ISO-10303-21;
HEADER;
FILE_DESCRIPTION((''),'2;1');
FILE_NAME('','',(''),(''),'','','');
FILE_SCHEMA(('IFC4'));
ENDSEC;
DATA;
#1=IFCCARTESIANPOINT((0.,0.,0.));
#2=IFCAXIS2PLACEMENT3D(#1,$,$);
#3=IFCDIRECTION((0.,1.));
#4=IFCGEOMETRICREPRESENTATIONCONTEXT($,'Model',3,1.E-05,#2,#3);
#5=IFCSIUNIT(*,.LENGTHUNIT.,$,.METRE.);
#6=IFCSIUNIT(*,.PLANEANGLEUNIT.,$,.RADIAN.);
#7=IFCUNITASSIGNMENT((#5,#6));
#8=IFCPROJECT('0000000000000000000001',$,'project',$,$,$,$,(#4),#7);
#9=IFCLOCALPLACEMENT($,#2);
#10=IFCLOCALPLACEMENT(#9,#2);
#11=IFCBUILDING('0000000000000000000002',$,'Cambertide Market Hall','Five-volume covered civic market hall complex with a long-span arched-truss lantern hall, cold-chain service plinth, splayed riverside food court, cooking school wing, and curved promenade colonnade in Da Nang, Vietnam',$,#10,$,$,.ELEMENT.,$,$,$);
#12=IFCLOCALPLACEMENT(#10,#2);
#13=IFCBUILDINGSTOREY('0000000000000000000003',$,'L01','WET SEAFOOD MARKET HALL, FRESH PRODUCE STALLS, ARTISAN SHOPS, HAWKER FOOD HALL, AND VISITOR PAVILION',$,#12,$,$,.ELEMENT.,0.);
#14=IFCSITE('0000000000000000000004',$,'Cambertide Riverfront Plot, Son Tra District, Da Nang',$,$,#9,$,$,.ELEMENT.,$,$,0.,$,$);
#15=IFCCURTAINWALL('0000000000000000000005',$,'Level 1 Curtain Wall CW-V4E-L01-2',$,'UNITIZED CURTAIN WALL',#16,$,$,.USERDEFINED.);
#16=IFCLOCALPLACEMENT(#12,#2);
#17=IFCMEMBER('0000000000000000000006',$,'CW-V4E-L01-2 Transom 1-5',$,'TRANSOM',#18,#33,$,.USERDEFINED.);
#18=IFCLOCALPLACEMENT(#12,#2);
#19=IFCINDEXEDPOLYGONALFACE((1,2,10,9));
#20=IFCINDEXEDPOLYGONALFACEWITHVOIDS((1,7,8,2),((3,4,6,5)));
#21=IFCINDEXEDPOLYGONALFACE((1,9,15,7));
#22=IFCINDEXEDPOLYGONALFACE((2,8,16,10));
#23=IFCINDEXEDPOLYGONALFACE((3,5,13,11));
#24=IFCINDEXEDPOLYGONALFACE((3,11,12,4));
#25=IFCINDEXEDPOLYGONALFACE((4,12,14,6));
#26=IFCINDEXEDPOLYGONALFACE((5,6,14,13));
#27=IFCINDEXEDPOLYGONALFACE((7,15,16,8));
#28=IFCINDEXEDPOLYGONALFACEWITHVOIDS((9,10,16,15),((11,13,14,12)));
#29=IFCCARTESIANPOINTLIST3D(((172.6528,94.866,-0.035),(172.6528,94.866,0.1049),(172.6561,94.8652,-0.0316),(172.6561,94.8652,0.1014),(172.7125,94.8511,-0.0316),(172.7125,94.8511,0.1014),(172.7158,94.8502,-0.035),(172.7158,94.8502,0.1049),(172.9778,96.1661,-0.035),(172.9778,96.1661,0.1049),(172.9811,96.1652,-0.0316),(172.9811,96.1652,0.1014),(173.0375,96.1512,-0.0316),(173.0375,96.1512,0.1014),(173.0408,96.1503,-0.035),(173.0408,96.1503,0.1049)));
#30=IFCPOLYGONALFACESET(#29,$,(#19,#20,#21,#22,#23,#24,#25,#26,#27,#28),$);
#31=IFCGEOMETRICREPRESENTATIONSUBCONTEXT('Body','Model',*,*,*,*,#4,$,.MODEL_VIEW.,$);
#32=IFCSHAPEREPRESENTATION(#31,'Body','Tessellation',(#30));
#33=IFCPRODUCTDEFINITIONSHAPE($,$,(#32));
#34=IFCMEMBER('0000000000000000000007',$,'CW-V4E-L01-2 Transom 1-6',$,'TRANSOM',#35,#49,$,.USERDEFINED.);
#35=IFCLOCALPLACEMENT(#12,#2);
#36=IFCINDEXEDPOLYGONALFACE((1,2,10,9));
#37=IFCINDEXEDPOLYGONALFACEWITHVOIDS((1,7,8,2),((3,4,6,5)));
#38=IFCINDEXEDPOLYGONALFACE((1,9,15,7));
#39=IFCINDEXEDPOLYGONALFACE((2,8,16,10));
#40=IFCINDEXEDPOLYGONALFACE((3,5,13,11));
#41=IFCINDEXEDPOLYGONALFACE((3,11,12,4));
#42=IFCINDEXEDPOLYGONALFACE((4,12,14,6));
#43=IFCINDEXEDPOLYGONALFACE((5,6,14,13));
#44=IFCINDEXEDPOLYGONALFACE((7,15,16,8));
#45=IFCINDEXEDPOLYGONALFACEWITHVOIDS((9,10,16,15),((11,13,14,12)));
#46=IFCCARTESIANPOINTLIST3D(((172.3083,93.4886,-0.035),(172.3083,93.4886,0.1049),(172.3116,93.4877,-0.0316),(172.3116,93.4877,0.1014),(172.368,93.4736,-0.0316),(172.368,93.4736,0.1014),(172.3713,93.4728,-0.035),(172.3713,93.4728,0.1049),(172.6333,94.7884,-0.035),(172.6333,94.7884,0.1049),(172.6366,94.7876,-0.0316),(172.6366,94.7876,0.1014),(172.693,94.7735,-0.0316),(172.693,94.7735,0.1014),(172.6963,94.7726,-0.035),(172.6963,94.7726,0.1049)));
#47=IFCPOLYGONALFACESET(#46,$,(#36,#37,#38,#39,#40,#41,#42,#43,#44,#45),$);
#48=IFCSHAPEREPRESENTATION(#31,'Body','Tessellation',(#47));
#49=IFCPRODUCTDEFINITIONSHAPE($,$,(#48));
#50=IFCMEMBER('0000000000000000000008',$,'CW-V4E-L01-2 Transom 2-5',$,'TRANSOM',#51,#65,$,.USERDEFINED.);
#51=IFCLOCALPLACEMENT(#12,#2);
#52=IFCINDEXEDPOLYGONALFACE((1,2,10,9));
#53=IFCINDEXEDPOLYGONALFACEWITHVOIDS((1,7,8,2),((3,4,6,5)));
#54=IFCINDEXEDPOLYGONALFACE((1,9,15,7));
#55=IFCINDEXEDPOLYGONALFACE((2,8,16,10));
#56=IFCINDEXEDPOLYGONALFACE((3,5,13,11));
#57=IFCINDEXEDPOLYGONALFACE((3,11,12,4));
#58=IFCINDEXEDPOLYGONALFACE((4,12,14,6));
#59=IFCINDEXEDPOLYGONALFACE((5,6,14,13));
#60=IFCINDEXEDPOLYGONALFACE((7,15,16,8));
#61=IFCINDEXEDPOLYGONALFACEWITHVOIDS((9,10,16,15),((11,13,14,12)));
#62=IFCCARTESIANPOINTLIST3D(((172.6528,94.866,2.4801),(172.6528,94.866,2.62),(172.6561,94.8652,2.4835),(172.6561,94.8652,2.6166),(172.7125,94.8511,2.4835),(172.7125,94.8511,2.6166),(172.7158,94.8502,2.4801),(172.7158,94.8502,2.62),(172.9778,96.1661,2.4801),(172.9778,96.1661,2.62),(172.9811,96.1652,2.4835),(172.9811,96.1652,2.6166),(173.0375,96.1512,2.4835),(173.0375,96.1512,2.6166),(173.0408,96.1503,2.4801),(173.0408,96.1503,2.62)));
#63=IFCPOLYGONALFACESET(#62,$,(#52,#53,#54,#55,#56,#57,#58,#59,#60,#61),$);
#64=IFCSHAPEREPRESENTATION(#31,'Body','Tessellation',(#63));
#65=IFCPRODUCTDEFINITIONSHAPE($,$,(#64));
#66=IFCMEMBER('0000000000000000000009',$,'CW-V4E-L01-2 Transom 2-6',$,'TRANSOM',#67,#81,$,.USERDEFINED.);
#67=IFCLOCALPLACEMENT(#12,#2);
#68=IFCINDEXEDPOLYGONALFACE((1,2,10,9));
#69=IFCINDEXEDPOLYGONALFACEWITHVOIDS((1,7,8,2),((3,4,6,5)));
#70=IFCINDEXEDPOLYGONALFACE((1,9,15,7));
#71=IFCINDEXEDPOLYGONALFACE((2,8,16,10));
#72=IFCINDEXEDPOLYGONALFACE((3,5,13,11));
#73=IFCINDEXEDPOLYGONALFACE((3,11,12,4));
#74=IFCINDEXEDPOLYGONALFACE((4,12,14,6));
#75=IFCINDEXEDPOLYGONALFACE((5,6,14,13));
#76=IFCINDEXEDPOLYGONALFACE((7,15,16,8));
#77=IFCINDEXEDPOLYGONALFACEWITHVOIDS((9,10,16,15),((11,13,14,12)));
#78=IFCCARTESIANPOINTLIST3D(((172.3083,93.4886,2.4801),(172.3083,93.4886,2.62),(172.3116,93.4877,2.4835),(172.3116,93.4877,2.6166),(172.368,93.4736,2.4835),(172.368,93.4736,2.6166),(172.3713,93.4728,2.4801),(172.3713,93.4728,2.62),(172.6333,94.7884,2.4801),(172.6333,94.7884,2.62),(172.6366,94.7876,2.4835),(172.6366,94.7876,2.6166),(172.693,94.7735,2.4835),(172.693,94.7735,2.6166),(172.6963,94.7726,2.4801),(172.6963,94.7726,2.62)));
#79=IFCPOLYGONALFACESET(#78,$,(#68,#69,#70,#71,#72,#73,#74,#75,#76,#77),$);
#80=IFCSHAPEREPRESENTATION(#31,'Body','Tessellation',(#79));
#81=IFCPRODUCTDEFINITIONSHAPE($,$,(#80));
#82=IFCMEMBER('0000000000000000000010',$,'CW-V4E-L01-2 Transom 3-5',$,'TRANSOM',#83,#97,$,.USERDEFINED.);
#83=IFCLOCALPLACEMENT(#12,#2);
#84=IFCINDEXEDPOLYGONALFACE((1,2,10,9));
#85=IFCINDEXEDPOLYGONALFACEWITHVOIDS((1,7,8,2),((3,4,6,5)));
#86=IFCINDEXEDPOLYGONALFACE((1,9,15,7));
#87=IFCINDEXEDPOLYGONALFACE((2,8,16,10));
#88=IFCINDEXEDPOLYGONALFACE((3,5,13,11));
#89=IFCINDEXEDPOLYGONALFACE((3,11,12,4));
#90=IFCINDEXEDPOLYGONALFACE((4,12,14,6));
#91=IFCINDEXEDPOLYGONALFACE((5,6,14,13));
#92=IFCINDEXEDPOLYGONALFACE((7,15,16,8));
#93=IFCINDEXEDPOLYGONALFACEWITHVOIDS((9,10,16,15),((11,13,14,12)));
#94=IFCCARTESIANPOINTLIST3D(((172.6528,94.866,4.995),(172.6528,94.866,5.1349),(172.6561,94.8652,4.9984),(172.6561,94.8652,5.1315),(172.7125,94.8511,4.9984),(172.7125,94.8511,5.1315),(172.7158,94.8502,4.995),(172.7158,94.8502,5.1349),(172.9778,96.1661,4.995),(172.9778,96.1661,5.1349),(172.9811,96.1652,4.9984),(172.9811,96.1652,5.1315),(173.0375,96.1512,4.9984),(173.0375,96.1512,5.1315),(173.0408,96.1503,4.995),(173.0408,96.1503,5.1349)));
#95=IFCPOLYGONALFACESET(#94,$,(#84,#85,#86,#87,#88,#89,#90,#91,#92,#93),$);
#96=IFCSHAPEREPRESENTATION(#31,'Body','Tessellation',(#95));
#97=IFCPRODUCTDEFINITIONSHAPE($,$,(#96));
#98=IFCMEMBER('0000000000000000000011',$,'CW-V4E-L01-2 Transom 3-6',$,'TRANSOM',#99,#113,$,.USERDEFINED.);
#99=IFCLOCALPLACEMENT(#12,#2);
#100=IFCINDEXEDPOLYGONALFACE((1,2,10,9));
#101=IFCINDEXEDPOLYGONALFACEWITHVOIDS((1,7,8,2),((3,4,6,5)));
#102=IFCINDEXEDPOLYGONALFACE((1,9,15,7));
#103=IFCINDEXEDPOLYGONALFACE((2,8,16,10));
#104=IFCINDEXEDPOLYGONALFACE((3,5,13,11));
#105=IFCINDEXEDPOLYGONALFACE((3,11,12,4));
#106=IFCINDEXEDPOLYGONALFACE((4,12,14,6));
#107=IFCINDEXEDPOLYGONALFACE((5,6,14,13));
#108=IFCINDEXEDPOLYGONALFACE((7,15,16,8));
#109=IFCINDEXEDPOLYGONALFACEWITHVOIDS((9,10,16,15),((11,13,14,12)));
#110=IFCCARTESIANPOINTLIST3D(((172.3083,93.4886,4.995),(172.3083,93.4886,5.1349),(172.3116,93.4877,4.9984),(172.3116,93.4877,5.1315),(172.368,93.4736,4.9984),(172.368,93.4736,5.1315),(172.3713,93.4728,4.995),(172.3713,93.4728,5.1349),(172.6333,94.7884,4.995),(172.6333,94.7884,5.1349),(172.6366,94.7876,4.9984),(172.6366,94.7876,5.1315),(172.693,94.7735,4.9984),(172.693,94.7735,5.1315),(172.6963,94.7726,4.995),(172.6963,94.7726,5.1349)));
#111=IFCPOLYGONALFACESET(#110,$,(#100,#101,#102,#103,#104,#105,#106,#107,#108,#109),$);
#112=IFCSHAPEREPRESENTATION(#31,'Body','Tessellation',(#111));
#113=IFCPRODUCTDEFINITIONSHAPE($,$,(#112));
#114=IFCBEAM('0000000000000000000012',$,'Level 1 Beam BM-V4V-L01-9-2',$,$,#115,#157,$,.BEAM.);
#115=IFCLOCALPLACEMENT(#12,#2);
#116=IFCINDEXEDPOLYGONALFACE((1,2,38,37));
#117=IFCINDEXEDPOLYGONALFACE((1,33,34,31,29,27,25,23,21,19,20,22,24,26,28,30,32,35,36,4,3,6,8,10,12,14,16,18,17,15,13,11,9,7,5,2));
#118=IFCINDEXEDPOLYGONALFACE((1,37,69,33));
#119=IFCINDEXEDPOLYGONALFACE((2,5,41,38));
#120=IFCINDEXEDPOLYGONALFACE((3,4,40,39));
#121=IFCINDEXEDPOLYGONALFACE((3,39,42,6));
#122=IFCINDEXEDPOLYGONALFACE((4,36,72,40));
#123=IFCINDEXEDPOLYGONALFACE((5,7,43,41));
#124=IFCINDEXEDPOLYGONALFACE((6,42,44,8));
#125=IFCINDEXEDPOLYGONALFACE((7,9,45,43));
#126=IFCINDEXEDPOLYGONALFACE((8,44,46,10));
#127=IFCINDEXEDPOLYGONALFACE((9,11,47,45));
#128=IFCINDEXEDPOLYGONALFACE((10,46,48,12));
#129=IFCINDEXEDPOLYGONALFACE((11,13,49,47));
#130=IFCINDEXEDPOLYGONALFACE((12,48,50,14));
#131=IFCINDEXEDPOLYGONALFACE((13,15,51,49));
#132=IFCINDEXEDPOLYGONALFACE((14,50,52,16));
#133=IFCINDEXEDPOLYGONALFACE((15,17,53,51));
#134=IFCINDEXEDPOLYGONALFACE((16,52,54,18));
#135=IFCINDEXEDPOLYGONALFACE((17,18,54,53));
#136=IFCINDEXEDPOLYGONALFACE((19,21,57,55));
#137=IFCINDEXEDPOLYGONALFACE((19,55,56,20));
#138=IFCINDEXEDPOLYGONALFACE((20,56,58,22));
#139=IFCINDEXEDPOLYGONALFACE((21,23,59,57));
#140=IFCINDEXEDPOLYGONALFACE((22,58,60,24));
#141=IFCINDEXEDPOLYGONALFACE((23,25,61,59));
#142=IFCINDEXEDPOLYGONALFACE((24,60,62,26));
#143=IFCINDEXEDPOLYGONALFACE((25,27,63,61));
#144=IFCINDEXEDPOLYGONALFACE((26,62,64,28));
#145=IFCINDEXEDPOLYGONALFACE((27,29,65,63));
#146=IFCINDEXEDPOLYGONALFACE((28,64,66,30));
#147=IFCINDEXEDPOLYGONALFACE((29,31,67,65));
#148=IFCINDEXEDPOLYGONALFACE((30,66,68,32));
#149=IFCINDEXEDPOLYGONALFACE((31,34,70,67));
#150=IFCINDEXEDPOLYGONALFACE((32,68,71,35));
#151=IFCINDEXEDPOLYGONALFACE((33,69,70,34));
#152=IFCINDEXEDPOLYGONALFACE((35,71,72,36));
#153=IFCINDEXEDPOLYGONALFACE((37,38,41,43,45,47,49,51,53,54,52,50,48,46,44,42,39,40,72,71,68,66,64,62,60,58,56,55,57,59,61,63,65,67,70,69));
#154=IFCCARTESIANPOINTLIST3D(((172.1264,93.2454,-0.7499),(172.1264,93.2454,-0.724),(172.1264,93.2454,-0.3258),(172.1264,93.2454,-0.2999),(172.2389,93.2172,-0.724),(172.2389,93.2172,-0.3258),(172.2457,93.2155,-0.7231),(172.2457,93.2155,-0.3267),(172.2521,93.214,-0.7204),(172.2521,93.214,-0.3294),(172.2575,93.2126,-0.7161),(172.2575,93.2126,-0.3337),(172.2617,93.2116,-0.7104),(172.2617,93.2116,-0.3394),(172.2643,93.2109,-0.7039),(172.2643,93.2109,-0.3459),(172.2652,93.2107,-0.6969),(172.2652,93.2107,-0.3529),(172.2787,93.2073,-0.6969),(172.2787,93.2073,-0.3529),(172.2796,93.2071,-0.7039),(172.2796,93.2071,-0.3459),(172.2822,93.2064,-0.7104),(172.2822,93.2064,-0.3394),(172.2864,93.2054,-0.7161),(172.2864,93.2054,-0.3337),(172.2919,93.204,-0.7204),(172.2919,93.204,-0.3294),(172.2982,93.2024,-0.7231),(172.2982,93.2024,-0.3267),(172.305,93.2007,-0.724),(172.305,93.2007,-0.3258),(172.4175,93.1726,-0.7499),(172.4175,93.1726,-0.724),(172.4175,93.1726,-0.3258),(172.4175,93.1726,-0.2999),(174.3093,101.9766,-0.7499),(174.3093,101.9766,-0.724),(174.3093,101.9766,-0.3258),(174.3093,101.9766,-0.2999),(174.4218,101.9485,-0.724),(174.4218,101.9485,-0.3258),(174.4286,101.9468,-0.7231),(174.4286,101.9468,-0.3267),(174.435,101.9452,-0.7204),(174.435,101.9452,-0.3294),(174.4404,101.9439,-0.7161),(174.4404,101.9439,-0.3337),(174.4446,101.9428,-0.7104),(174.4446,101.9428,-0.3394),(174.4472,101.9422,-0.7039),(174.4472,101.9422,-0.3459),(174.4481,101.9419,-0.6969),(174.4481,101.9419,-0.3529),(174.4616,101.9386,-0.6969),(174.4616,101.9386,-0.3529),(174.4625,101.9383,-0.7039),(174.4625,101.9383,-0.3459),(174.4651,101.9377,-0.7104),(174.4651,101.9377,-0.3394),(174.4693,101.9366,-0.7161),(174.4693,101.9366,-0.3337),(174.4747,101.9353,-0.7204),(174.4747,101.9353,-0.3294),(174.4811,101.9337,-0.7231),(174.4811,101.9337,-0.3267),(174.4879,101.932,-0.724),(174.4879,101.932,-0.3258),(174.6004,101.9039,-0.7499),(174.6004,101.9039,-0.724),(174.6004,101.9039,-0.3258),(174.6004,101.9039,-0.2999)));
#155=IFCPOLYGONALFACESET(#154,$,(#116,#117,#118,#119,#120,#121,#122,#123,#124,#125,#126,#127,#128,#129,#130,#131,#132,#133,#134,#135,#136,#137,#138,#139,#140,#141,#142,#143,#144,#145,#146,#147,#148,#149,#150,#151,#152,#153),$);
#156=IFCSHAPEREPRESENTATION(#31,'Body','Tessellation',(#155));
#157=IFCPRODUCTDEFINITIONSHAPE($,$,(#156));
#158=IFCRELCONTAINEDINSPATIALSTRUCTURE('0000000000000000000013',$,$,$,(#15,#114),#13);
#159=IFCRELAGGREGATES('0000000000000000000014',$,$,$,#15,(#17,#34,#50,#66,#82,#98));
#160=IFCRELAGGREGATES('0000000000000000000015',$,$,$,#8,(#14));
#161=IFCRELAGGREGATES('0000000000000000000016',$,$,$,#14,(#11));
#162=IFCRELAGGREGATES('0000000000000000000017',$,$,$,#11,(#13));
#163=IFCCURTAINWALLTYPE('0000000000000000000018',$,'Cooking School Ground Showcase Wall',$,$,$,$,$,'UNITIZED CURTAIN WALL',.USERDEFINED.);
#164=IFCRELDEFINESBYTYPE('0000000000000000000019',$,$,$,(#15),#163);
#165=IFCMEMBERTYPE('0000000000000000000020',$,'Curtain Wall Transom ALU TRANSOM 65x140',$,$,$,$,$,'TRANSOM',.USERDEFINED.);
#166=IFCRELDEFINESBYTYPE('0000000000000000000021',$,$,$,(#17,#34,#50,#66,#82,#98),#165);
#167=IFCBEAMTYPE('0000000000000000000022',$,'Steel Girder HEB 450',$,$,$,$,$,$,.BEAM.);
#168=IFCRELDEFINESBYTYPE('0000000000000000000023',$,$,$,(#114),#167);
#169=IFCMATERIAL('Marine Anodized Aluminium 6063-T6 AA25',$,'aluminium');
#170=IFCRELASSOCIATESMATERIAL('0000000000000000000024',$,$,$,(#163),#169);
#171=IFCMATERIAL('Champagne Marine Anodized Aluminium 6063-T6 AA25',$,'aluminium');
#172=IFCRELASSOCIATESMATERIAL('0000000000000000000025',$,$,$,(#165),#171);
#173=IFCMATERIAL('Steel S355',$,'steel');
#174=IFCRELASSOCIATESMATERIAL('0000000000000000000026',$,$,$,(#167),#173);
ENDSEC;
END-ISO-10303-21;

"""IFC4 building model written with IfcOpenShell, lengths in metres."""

from ifc_helpers import new_model, si_unit, direction, frame, origin, origin_2d, place, context, subcontext, project, spatial, hollow_rectangle, i_section, extrude, material, material_profile, profile_set, type_object, element, aggregate, save


model = new_model("IFC4")

# Units and contexts
model_context = context("Model", 3, precision=1e-05, world=origin(), true_north=direction((0.0, 1.0)))
body_context = subcontext(model_context, "Body", "Model", "MODEL_VIEW")
ifc_project = project(units=[si_unit("LENGTHUNIT", "METRE"), si_unit("PLANEANGLEUNIT", "RADIAN")], contexts=[model_context])

# Site, building, storey
site_placement = place(None, origin())
site = spatial("IfcSite", under=ifc_project, at=site_placement, Name="Cambertide Riverfront Plot, Son Tra District, Da Nang", CompositionType="ELEMENT", RefElevation=0.0)
building_placement = place(site_placement, origin())
building = spatial("IfcBuilding", under=site, at=building_placement, Name="Cambertide Market Hall", Description="Five-volume covered civic market hall complex with a long-span arched-truss lantern hall, cold-chain service plinth, splayed riverside food court, cooking school wing, and curved promenade colonnade in Da Nang, Vietnam", CompositionType="ELEMENT")
storey_placement = place(building_placement, origin())
storey = spatial("IfcBuildingStorey", under=building, at=storey_placement, Name="L01", Description="WET SEAFOOD MARKET HALL, FRESH PRODUCE STALLS, ARTISAN SHOPS, HAWKER FOOD HALL, AND VISITOR PAVILION", CompositionType="ELEMENT", Elevation=0.0)

# Shared definitions
ifc_material_1 = material(Name="Marine Anodized Aluminium 6063-T6 AA25", Category="aluminium")
curtain_wall_type = type_object("IfcCurtainWallType", Name="Cooking School Ground Showcase Wall", ElementType="UNITIZED CURTAIN WALL", PredefinedType="USERDEFINED", material=ifc_material_1)

# Curtain wall
curtain_wall_1_placement = place(storey_placement, origin())
curtain_wall_1 = element("IfcCurtainWall", 1, at=curtain_wall_1_placement, inside=storey, type_object=curtain_wall_type, Name="Level 1 Curtain Wall CW-V4E-L01-2", ObjectType="UNITIZED CURTAIN WALL", PredefinedType="USERDEFINED")

# Members
ifc_material_2 = material(Name="Champagne Marine Anodized Aluminium 6063-T6 AA25", Category="aluminium")
ifc_material_profile_1 = material_profile(ifc_material_2, hollow_rectangle(XDim=0.0649, YDim=0.1399, WallThickness=0.0034, at=origin_2d()), Name="ALU TRANSOM 65x140")
ifc_profile_set_1 = profile_set([ifc_material_profile_1], Name="Champagne Marine Anodized Aluminium 6063-T6 AA25")
member_type_1 = type_object("IfcMemberType", Name="Curtain Wall Transom ALU TRANSOM 65x140", ElementType="TRANSOM", PredefinedType="USERDEFINED", material=ifc_profile_set_1)
member_1_placement = place(storey_placement, frame((173.0093, 96.1582, 0.0349), z_axis=(-0.242493, -0.970153, 0.0), x_axis=(0.970153, -0.242493, 0.0)))
member_1 = element("IfcMember", 2, at=member_1_placement, type_object=member_type_1, Name="CW-V4E-L01-2 Transom 1-5", ObjectType="TRANSOM", PredefinedType="USERDEFINED", context=body_context, shape_type="SweptSolid", body=[
    extrude(hollow_rectangle(XDim=0.0649, YDim=0.1399, WallThickness=0.0034, at=origin_2d()), origin(), (0.0, 0.0, 1.0), 1.3401),
])
member_2_placement = place(storey_placement, frame((172.6648, 94.7805, 0.0349), z_axis=(-0.242536, -0.970143, 0.0), x_axis=(0.970143, -0.242536, 0.0)))
member_2 = element("IfcMember", 3, at=member_2_placement, type_object=member_type_1, Name="CW-V4E-L01-2 Transom 1-6", ObjectType="TRANSOM", PredefinedType="USERDEFINED", context=body_context, shape_type="SweptSolid", body=[
    extrude(hollow_rectangle(XDim=0.0649, YDim=0.1399, WallThickness=0.0034, at=origin_2d()), origin(), (0.0, 0.0, 1.0), 1.3398),
])
member_3_placement = place(storey_placement, frame((173.0093, 96.1582, 2.55), z_axis=(-0.242493, -0.970153, 0.0), x_axis=(0.970153, -0.242493, 0.0)))
member_3 = element("IfcMember", 4, at=member_3_placement, type_object=member_type_1, Name="CW-V4E-L01-2 Transom 2-5", ObjectType="TRANSOM", PredefinedType="USERDEFINED", context=body_context, shape_type="SweptSolid", body=[
    extrude(hollow_rectangle(XDim=0.0649, YDim=0.1399, WallThickness=0.0034, at=origin_2d()), origin(), (0.0, 0.0, 1.0), 1.3401),
])
member_4_placement = place(storey_placement, frame((172.6648, 94.7805, 2.55), z_axis=(-0.242536, -0.970143, 0.0), x_axis=(0.970143, -0.242536, 0.0)))
member_4 = element("IfcMember", 5, at=member_4_placement, type_object=member_type_1, Name="CW-V4E-L01-2 Transom 2-6", ObjectType="TRANSOM", PredefinedType="USERDEFINED", context=body_context, shape_type="SweptSolid", body=[
    extrude(hollow_rectangle(XDim=0.0649, YDim=0.1399, WallThickness=0.0034, at=origin_2d()), origin(), (0.0, 0.0, 1.0), 1.3398),
])
member_5_placement = place(storey_placement, frame((173.0093, 96.1582, 5.0649), z_axis=(-0.242493, -0.970153, 0.0), x_axis=(0.970153, -0.242493, 0.0)))
member_5 = element("IfcMember", 6, at=member_5_placement, type_object=member_type_1, Name="CW-V4E-L01-2 Transom 3-5", ObjectType="TRANSOM", PredefinedType="USERDEFINED", context=body_context, shape_type="SweptSolid", body=[
    extrude(hollow_rectangle(XDim=0.0649, YDim=0.1399, WallThickness=0.0034, at=origin_2d()), origin(), (0.0, 0.0, 1.0), 1.3401),
])
member_6_placement = place(storey_placement, frame((172.6648, 94.7805, 5.0649), z_axis=(-0.242536, -0.970143, 0.0), x_axis=(0.970143, -0.242536, 0.0)))
member_6 = element("IfcMember", 7, at=member_6_placement, type_object=member_type_1, Name="CW-V4E-L01-2 Transom 3-6", ObjectType="TRANSOM", PredefinedType="USERDEFINED", context=body_context, shape_type="SweptSolid", body=[
    extrude(hollow_rectangle(XDim=0.0649, YDim=0.1399, WallThickness=0.0034, at=origin_2d()), origin(), (0.0, 0.0, 1.0), 1.3398),
])

# Beam
ifc_material_3 = material(Name="Steel S355", Category="steel")
ifc_material_profile_2 = material_profile(ifc_material_3, i_section(OverallWidth=0.3, OverallDepth=0.45, WebThickness=0.0139, FlangeThickness=0.0259, FilletRadius=0.0271, at=origin_2d()), Name="HEB 450")
ifc_profile_set_2 = profile_set([ifc_material_profile_2], Name="Steel S355")
beam_type_1 = type_object("IfcBeamType", Name="Steel Girder HEB 450", PredefinedType="BEAM", material=ifc_profile_set_2)
beam_1_placement = place(storey_placement, frame((172.272, 93.209, -0.5249), z_axis=(0.242542, 0.970141, 0.0), x_axis=(-0.970141, 0.242542, 0.0)))
element("IfcBeam", 8, at=beam_1_placement, inside=storey, type_object=beam_type_1, Name="Level 1 Beam BM-V4V-L01-9-2", PredefinedType="BEAM", context=body_context, shape_type="SweptSolid", body=[
    extrude(i_section(OverallWidth=0.3, OverallDepth=0.45, WebThickness=0.0139, FlangeThickness=0.0259, FilletRadius=0.0271, at=origin_2d()), origin(), (0.0, 0.0, 1.0), 9.0),
])

aggregate(curtain_wall_1, [member_1, member_2, member_3, member_4, member_5, member_6])

save(model, "model.ifc")
